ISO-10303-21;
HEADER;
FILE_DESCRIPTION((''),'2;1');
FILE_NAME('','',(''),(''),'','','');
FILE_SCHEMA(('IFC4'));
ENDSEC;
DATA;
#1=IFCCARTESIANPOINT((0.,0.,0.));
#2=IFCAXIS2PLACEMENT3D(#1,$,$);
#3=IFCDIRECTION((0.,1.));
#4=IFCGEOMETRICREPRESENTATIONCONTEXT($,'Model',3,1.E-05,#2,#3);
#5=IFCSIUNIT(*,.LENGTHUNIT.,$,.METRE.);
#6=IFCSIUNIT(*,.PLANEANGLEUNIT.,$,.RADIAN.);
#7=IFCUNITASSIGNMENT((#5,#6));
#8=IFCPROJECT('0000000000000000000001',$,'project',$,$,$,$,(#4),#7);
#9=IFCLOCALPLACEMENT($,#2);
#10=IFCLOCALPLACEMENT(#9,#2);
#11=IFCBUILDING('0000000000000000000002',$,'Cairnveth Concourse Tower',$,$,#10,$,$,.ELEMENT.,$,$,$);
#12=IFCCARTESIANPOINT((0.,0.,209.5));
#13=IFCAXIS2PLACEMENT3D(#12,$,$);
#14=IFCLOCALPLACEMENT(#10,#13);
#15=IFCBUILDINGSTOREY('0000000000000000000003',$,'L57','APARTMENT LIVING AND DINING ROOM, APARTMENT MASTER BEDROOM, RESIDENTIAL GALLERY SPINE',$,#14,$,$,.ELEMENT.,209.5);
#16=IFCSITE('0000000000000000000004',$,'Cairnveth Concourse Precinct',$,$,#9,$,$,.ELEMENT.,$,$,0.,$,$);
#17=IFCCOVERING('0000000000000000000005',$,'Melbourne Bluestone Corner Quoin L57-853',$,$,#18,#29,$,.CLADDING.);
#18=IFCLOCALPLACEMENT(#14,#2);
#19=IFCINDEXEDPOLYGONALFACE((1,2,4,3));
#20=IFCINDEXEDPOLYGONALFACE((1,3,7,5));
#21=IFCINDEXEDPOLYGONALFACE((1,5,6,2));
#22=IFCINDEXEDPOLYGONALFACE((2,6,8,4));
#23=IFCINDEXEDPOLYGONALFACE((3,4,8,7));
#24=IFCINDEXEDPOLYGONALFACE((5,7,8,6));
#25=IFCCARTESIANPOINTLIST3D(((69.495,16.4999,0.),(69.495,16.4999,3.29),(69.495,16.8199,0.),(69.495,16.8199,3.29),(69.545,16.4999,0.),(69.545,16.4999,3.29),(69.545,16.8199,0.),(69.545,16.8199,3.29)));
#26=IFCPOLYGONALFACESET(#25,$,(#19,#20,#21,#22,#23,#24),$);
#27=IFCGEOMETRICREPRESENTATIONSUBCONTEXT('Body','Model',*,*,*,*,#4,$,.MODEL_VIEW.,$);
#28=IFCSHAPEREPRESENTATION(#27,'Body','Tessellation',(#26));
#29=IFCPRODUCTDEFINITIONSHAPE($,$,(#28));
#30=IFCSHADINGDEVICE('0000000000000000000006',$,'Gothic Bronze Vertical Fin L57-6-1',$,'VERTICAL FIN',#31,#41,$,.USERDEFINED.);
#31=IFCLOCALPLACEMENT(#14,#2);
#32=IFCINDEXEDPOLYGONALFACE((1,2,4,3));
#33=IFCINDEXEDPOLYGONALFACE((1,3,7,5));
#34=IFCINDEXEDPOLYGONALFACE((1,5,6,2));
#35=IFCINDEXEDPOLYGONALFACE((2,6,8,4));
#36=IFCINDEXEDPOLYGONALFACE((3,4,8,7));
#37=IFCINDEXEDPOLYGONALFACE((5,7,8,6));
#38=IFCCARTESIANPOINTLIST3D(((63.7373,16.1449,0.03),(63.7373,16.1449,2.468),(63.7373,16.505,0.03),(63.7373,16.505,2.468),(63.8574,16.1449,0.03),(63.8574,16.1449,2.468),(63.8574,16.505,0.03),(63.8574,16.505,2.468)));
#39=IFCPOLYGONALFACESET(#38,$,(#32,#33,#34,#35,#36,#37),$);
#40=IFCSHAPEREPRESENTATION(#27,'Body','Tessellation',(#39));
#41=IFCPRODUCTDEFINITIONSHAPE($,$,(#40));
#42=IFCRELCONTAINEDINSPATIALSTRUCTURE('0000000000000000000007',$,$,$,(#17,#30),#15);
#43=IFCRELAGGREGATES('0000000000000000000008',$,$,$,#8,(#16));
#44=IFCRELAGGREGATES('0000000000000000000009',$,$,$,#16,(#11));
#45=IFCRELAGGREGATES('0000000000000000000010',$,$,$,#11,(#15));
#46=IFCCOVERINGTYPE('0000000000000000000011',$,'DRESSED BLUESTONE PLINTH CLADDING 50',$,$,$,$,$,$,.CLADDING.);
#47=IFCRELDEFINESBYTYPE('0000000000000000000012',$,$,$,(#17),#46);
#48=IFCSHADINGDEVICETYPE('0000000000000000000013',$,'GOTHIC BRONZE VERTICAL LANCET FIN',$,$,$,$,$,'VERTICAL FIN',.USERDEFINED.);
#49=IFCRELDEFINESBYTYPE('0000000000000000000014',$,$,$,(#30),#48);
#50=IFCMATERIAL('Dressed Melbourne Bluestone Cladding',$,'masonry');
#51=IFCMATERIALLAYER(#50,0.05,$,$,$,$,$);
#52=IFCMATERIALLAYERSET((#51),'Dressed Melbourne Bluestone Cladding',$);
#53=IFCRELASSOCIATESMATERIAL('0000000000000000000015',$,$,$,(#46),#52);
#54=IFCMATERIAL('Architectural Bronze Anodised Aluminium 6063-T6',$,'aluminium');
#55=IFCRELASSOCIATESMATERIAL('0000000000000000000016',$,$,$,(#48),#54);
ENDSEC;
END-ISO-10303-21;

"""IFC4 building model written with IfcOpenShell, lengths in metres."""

from ifc_helpers import new_model, si_unit, direction, frame, frame_2d, origin, origin_2d, place, context, subcontext, project, spatial, rectangle, extrude, material, layer, layer_set, type_object, element, save


model = new_model("IFC4")

# Units and contexts
model_context = context("Model", 3, precision=1e-05, world=origin(), true_north=direction((0.0, 1.0)))
body_context = subcontext(model_context, "Body", "Model", "MODEL_VIEW")
ifc_project = project(units=[si_unit("LENGTHUNIT", "METRE"), si_unit("PLANEANGLEUNIT", "RADIAN")], contexts=[model_context])

# Site, building, storey
site_placement = place(None, origin())
site = spatial("IfcSite", under=ifc_project, at=site_placement, Name="Cairnveth Concourse Precinct", CompositionType="ELEMENT", RefElevation=0.0)
building_placement = place(site_placement, origin())
building = spatial("IfcBuilding", under=site, at=building_placement, Name="Cairnveth Concourse Tower", CompositionType="ELEMENT")
storey_placement = place(building_placement, frame((0.0, 0.0, 209.5)))
storey = spatial("IfcBuildingStorey", under=building, at=storey_placement, Name="L57", Description="APARTMENT LIVING AND DINING ROOM, APARTMENT MASTER BEDROOM, RESIDENTIAL GALLERY SPINE", CompositionType="ELEMENT", Elevation=209.5)

# Covering
ifc_material_1 = material(Name="Dressed Melbourne Bluestone Cladding", Category="masonry")
ifc_layer_1 = layer(ifc_material_1, 0.05)
ifc_layer_set_1 = layer_set([ifc_layer_1], Name="Dressed Melbourne Bluestone Cladding")
covering_type = type_object("IfcCoveringType", Name="DRESSED BLUESTONE PLINTH CLADDING 50", PredefinedType="CLADDING", material=ifc_layer_set_1)
covering_placement = place(storey_placement, frame((69.52, 16.8201, 0.0), z_axis=(0.0, 0.0, 1.0), x_axis=(0.0, -1.0, 0.0)))
element("IfcCovering", 1, at=covering_placement, inside=storey, type_object=covering_type, Name="Melbourne Bluestone Corner Quoin L57-853", PredefinedType="CLADDING", context=body_context, shape_type="SweptSolid", body=[
    extrude(rectangle(XDim=0.3201, YDim=0.05, at=frame_2d((0.1602, 0.0))), origin(), (0.0, 0.0, 1.0), 3.29),
])

# Shading device
ifc_material_2 = material(Name="Architectural Bronze Anodised Aluminium 6063-T6", Category="aluminium")
shading_device_type = type_object("IfcShadingDeviceType", Name="GOTHIC BRONZE VERTICAL LANCET FIN", ElementType="VERTICAL FIN", PredefinedType="USERDEFINED", material=ifc_material_2)
shading_device_placement = place(storey_placement, frame((63.7974, 16.325, 0.03), z_axis=(0.0, 0.0, 1.0), x_axis=(1.0, 0.0, 0.0)))
element("IfcShadingDevice", 2, at=shading_device_placement, inside=storey, type_object=shading_device_type, Name="Gothic Bronze Vertical Fin L57-6-1", ObjectType="VERTICAL FIN", PredefinedType="USERDEFINED", context=body_context, shape_type="SweptSolid", body=[
    extrude(rectangle(XDim=0.1201, YDim=0.3601, at=origin_2d()), origin(), (0.0, 0.0, 1.0), 2.438),
])

save(model, "model.ifc")
